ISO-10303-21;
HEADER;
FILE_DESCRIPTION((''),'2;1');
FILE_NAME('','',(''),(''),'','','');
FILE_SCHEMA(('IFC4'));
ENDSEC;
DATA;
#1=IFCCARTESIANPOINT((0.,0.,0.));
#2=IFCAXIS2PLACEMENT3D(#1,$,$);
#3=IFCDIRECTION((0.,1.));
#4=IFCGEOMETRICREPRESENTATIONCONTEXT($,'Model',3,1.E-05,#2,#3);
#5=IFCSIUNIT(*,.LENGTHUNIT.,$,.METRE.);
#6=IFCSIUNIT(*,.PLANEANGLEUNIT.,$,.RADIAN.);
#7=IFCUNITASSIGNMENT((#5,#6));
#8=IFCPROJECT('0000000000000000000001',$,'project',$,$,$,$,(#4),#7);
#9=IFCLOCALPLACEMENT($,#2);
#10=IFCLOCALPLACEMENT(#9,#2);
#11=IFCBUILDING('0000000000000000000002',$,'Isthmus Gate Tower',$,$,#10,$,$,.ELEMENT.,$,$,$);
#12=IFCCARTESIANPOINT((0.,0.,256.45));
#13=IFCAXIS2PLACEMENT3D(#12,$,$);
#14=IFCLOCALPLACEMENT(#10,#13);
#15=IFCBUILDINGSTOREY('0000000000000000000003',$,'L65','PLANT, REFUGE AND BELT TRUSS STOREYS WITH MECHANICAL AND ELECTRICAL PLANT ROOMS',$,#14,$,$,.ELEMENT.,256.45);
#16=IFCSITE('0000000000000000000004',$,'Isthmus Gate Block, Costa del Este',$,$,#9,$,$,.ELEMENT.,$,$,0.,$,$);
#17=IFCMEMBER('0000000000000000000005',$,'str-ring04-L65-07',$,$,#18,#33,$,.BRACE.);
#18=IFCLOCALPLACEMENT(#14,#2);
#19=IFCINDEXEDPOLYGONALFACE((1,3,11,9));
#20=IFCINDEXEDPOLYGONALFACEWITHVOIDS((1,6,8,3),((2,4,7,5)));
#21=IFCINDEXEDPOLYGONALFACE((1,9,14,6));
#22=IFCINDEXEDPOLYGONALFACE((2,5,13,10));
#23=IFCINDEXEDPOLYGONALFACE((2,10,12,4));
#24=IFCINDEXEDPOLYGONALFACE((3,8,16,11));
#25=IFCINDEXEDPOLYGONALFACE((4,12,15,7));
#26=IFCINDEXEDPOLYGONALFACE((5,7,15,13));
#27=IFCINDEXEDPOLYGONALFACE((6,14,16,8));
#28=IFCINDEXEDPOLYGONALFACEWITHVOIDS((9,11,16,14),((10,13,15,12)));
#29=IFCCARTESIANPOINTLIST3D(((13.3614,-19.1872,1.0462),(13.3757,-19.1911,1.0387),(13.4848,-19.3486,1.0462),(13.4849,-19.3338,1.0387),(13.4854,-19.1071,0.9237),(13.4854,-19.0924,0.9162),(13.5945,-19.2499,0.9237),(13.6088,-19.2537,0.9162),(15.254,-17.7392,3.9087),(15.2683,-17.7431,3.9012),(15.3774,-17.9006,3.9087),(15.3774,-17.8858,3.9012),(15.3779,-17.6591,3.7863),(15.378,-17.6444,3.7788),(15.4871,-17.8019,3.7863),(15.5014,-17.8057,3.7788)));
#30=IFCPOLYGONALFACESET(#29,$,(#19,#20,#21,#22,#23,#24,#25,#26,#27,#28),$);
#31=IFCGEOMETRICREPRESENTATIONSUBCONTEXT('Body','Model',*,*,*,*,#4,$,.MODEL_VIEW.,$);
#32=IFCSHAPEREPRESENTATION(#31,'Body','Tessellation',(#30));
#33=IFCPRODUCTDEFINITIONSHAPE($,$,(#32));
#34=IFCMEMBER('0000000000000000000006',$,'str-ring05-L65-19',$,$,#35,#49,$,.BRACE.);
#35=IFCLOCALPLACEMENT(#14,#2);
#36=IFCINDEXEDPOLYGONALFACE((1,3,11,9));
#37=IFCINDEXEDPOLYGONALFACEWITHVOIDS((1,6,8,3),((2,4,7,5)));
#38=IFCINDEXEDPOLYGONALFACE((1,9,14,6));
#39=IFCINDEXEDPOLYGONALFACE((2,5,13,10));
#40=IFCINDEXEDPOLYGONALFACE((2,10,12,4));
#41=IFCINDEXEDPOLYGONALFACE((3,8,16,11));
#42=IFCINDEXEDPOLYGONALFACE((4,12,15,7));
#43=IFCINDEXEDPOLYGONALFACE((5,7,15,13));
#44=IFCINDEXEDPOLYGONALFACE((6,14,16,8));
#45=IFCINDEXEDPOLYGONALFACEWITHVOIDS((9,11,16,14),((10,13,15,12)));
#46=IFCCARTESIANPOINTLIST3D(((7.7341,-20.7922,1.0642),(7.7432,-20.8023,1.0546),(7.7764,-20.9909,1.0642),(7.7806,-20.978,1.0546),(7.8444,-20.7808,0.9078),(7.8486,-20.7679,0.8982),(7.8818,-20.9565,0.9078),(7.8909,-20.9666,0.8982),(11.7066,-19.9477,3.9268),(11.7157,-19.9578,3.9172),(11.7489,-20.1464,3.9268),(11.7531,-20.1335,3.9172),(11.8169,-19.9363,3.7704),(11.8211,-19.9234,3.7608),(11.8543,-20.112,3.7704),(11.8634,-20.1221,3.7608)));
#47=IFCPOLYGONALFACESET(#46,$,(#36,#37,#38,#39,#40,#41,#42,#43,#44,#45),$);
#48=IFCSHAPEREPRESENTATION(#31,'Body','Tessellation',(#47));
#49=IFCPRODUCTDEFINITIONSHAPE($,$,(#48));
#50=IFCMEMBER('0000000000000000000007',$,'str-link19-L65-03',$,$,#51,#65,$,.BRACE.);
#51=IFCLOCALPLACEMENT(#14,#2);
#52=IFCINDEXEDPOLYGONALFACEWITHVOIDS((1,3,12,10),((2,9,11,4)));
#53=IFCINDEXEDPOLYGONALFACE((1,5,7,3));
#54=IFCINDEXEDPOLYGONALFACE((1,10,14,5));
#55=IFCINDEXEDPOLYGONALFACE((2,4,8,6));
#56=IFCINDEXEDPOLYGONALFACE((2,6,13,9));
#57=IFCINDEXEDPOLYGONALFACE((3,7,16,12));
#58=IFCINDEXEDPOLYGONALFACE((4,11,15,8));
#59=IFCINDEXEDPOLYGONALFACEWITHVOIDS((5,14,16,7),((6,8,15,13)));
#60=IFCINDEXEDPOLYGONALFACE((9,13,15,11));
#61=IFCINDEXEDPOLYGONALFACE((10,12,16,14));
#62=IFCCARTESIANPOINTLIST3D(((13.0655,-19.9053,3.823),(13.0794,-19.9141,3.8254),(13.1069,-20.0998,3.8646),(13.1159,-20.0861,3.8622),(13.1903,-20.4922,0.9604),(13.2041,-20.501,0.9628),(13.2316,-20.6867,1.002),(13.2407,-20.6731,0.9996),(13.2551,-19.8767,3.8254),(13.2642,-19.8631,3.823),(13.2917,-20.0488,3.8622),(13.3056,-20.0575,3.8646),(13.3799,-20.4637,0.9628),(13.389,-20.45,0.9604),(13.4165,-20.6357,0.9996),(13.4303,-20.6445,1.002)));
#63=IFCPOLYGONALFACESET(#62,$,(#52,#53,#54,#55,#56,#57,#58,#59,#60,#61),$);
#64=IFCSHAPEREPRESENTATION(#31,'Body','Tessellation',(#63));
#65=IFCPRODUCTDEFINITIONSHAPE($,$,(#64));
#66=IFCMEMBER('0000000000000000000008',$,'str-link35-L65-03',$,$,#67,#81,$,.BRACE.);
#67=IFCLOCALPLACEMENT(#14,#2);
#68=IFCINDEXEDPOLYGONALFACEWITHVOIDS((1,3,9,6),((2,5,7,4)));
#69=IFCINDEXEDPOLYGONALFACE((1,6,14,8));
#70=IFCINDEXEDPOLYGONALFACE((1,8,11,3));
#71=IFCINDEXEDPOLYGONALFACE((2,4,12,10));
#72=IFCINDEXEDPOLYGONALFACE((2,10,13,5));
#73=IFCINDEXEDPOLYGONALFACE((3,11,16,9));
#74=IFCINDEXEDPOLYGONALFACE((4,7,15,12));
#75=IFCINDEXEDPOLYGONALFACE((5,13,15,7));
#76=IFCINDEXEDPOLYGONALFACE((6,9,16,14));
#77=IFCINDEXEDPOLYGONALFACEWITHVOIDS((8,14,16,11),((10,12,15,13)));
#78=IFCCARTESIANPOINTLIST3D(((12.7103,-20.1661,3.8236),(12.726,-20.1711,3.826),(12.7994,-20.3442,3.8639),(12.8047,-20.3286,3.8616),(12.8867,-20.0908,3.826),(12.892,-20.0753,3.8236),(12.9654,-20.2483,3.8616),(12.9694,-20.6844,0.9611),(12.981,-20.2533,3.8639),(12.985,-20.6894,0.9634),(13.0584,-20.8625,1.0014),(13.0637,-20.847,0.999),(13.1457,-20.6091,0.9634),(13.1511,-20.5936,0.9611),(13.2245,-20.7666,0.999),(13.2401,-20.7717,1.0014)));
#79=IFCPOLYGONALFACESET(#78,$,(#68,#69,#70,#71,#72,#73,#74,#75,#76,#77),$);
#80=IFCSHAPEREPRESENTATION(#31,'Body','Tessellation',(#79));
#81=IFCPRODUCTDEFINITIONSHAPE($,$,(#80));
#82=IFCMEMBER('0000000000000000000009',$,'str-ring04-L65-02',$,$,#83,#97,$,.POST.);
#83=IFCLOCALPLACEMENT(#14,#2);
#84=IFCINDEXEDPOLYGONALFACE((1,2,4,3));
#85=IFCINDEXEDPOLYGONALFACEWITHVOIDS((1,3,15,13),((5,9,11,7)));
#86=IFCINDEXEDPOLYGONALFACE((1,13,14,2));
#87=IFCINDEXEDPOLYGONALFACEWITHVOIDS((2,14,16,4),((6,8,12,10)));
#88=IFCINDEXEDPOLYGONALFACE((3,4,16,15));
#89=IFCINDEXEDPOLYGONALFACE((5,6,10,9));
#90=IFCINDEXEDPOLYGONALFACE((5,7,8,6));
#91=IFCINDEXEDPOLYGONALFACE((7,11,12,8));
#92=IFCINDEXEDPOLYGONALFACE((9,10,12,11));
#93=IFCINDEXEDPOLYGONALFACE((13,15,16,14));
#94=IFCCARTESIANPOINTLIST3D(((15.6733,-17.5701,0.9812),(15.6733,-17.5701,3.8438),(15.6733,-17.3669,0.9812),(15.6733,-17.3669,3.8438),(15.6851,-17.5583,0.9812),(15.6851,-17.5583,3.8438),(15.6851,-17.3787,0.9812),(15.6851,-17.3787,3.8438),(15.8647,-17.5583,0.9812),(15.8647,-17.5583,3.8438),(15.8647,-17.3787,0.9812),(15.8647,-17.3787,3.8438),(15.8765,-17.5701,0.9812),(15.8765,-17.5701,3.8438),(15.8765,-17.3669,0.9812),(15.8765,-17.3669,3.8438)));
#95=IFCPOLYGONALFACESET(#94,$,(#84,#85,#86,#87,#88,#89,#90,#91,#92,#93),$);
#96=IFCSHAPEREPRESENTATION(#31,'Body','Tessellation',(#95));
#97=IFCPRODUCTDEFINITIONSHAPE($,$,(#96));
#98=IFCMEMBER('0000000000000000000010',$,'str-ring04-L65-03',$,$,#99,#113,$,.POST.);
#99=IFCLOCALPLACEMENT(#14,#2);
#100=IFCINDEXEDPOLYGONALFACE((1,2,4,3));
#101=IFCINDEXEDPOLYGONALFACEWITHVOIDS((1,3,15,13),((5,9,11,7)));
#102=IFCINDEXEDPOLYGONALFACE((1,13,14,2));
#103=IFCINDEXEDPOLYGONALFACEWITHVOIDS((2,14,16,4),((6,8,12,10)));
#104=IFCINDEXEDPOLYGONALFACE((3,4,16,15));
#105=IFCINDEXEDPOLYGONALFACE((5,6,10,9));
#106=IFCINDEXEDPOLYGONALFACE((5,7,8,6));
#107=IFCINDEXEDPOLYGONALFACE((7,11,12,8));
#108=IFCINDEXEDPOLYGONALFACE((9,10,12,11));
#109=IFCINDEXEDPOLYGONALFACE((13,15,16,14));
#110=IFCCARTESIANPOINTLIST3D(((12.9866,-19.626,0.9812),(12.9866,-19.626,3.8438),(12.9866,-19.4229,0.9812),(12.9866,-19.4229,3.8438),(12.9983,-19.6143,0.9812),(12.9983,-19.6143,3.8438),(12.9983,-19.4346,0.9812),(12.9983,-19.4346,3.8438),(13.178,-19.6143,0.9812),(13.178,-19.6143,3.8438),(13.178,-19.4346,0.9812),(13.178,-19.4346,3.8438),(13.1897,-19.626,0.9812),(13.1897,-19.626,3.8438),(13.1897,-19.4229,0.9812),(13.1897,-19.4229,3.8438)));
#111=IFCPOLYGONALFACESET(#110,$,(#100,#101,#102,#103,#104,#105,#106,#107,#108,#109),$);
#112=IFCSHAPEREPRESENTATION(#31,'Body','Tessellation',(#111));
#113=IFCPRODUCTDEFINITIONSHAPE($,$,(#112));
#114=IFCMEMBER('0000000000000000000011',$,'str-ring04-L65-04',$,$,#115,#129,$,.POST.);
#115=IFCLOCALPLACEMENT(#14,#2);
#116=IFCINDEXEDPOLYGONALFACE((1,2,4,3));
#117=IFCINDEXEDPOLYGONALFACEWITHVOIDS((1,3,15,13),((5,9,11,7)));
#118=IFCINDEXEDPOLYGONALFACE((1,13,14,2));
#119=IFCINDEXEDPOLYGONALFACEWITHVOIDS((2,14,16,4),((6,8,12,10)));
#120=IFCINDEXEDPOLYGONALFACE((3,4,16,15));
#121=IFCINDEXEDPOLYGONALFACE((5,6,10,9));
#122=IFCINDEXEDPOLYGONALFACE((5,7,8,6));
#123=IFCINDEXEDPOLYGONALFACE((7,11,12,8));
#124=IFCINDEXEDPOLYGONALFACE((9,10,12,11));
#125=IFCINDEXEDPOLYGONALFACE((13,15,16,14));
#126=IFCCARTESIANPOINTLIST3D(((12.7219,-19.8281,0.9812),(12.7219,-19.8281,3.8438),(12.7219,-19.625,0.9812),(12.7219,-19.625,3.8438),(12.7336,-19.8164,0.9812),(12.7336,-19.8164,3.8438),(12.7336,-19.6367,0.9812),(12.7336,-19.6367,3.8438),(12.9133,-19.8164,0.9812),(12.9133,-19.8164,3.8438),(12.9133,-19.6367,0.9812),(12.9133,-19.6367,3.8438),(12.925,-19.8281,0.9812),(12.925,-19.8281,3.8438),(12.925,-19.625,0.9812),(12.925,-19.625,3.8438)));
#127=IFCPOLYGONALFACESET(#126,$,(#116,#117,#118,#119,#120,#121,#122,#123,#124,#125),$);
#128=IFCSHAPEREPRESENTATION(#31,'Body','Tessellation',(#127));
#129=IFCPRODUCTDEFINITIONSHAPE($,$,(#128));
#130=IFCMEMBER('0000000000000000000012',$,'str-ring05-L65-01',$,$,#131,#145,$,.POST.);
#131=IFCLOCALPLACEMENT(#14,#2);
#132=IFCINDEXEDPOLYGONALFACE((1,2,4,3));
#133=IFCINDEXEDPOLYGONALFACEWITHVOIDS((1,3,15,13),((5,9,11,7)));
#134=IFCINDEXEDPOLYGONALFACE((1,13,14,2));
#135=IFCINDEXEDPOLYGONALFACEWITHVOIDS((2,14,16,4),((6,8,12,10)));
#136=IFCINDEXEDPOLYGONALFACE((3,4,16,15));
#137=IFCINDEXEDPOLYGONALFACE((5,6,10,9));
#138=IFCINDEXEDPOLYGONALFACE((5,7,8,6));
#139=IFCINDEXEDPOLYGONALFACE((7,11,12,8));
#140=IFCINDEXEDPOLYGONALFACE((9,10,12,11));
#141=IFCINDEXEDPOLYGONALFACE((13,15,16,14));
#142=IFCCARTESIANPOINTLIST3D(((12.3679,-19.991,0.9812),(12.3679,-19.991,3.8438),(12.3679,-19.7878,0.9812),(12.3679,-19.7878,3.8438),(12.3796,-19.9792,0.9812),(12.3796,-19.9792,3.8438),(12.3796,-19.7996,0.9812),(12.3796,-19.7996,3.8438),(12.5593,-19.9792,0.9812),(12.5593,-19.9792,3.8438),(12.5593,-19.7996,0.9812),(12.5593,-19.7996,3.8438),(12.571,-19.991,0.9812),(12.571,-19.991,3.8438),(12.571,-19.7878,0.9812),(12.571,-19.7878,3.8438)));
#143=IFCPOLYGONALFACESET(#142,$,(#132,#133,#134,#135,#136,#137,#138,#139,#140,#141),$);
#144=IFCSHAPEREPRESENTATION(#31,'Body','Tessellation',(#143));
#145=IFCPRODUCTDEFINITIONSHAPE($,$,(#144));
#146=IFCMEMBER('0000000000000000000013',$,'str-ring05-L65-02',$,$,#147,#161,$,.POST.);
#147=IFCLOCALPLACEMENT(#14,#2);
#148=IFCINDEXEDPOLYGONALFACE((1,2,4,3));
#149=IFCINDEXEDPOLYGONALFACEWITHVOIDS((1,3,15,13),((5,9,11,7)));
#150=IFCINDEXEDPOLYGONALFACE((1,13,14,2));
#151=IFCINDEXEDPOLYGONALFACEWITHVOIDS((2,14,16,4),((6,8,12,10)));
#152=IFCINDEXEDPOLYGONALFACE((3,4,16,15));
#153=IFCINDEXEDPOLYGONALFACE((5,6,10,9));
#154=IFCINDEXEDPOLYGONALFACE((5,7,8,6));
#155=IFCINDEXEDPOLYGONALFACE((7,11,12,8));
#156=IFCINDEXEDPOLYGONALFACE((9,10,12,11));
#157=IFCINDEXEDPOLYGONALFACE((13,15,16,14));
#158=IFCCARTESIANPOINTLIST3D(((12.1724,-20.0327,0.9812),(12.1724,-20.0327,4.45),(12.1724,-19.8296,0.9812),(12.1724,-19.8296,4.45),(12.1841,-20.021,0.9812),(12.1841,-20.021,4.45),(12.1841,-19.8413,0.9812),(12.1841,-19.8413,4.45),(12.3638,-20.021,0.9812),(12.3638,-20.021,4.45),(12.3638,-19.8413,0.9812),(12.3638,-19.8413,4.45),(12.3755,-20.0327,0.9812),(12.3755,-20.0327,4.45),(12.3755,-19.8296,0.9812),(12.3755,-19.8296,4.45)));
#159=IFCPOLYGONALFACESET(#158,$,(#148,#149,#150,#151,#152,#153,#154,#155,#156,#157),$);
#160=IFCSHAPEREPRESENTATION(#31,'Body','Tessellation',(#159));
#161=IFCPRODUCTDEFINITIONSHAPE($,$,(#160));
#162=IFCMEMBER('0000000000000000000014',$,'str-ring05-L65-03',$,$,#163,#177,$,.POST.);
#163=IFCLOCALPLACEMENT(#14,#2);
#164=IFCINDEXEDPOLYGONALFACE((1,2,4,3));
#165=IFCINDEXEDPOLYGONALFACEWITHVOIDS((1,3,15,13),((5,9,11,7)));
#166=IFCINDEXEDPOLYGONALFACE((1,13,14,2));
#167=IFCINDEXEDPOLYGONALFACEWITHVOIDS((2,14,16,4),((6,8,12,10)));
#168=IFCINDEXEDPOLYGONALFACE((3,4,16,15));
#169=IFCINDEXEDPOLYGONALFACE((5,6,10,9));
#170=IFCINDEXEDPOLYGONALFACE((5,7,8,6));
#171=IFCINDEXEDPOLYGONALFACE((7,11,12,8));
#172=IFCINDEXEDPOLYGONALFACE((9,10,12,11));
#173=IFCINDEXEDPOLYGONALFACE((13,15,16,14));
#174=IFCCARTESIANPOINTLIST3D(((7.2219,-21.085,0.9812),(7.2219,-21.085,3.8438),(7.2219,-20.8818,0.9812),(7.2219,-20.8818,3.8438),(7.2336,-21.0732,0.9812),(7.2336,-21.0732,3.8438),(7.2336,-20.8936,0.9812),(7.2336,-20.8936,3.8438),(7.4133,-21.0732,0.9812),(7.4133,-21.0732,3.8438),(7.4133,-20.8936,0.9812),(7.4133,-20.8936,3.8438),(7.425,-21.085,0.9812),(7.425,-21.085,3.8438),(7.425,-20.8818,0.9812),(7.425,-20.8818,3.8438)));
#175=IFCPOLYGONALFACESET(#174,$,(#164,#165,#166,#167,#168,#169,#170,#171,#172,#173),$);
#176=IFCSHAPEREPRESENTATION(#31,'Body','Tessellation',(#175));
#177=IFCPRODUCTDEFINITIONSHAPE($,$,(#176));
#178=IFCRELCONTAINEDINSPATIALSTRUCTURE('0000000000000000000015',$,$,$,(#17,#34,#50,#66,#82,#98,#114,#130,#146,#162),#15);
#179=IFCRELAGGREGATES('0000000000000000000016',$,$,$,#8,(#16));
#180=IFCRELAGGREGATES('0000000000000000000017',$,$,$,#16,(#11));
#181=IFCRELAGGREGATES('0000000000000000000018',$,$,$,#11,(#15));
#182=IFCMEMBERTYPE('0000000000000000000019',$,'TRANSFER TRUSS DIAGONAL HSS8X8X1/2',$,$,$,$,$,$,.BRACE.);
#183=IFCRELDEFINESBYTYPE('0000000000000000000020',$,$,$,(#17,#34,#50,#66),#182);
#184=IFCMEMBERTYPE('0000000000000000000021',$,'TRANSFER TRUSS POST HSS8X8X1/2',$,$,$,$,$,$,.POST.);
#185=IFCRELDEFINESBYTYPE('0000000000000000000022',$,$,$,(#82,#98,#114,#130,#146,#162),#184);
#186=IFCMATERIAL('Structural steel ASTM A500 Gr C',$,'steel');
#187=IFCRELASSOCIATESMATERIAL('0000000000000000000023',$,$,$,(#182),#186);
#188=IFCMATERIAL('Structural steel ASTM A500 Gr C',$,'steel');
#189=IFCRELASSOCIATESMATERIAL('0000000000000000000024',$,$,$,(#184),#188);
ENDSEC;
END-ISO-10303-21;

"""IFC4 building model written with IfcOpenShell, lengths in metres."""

from ifc_helpers import new_model, si_unit, direction, frame, origin, origin_2d, place, context, subcontext, project, spatial, hollow_rectangle, extrude, material, material_profile, profile_set, type_object, element, save


model = new_model("IFC4")

# Units and contexts
model_context = context("Model", 3, precision=1e-05, world=origin(), true_north=direction((0.0, 1.0)))
body_context = subcontext(model_context, "Body", "Model", "MODEL_VIEW")
ifc_project = project(units=[si_unit("LENGTHUNIT", "METRE"), si_unit("PLANEANGLEUNIT", "RADIAN")], contexts=[model_context])

# Site, building, storey
site_placement = place(None, origin())
site = spatial("IfcSite", under=ifc_project, at=site_placement, Name="Isthmus Gate Block, Costa del Este", CompositionType="ELEMENT", RefElevation=0.0)
building_placement = place(site_placement, origin())
building = spatial("IfcBuilding", under=site, at=building_placement, Name="Isthmus Gate Tower", CompositionType="ELEMENT")
storey_placement = place(building_placement, frame((0.0, 0.0, 256.45)))
storey = spatial("IfcBuildingStorey", under=building, at=storey_placement, Name="L65", Description="PLANT, REFUGE AND BELT TRUSS STOREYS WITH MECHANICAL AND ELECTRICAL PLANT ROOMS", CompositionType="ELEMENT", Elevation=256.45)

# Members
ifc_material_1 = material(Name="Structural steel ASTM A500 Gr C", Category="steel")
ifc_material_profile_1 = material_profile(ifc_material_1, hollow_rectangle(XDim=0.2031, YDim=0.2031, WallThickness=0.0117, at=origin_2d()), Name="HSS8X8X1/2")
ifc_profile_set_1 = profile_set([ifc_material_profile_1], Name="Structural steel ASTM A500 Gr C")
member_type_1 = type_object("IfcMemberType", Name="TRANSFER TRUSS DIAGONAL HSS8X8X1/2", PredefinedType="BRACE", material=ifc_profile_set_1)
member_1_placement = place(storey_placement, frame((13.4851, -19.2205, 0.9812), z_axis=(0.508128, 0.388765, 0.768549), x_axis=(-0.607644, 0.794209, 0.0)))
element("IfcMember", 1, at=member_1_placement, inside=storey, type_object=member_type_1, Name="str-ring04-L65-07", PredefinedType="BRACE", context=body_context, shape_type="SweptSolid", body=[
    extrude(hollow_rectangle(XDim=0.2031, YDim=0.2031, WallThickness=0.0117, at=origin_2d()), origin(), (0.0, 0.0, 1.0), 3.7246),
])
member_2_placement = place(storey_placement, frame((7.8125, -20.8794, 0.9812), z_axis=(0.799497, 0.169962, 0.576123), x_axis=(-0.20794, 0.978142, 0.0)))
element("IfcMember", 2, at=member_2_placement, inside=storey, type_object=member_type_1, Name="str-ring05-L65-19", PredefinedType="BRACE", context=body_context, shape_type="SweptSolid", body=[
    extrude(hollow_rectangle(XDim=0.2031, YDim=0.2031, WallThickness=0.0117, at=origin_2d()), origin(), (0.0, 0.0, 1.0), 4.9688),
])
member_3_placement = place(storey_placement, frame((13.3103, -20.5684, 0.9812), z_axis=(-0.042655, 0.200671, 0.97873), x_axis=(-0.978146, -0.207917, 0.0)))
element("IfcMember", 3, at=member_3_placement, inside=storey, type_object=member_type_1, Name="str-link19-L65-03", PredefinedType="BRACE", context=body_context, shape_type="SweptSolid", body=[
    extrude(hollow_rectangle(XDim=0.2031, YDim=0.2031, WallThickness=0.0117, at=origin_2d()), origin(), (0.0, 0.0, 1.0), 2.9248),
])
member_4_placement = place(storey_placement, frame((13.1047, -20.728, 0.9812), z_axis=(-0.088692, 0.177467, 0.980122), x_axis=(-0.894511, -0.447045, 0.0)))
element("IfcMember", 4, at=member_4_placement, inside=storey, type_object=member_type_1, Name="str-link35-L65-03", PredefinedType="BRACE", context=body_context, shape_type="SweptSolid", body=[
    extrude(hollow_rectangle(XDim=0.2031, YDim=0.2031, WallThickness=0.0117, at=origin_2d()), origin(), (0.0, 0.0, 1.0), 2.9207),
])
ifc_material_2 = material(Name="Structural steel ASTM A500 Gr C", Category="steel")
ifc_material_profile_2 = material_profile(ifc_material_2, hollow_rectangle(XDim=0.2031, YDim=0.2031, WallThickness=0.0117, at=origin_2d()), Name="HSS8X8X1/2")
ifc_profile_set_2 = profile_set([ifc_material_profile_2], Name="Structural steel ASTM A500 Gr C")
member_type_2 = type_object("IfcMemberType", Name="TRANSFER TRUSS POST HSS8X8X1/2", PredefinedType="POST", material=ifc_profile_set_2)
for number, where, z_axis, x_axis, name in (
    (5, (15.7749, -17.4685, 0.9812), (0.0, 0.0, 1.0), (1.0, 0.0, 0.0), "str-ring04-L65-02"),
    (6, (13.0881, -19.5244, 0.9812), (0.0, 0.0, 1.0), (1.0, 0.0, 0.0), "str-ring04-L65-03"),
    (7, (12.8235, -19.7266, 0.9812), (0.0, 0.0, 1.0), (1.0, 0.0, 0.0), "str-ring04-L65-04"),
    (8, (12.4695, -19.8894, 0.9812), (0.0, 0.0, 1.0), (1.0, 0.0, 0.0), "str-ring05-L65-01"),
):
    element("IfcMember", number, at=place(storey_placement, frame(where, z_axis=z_axis, x_axis=x_axis)), inside=storey, type_object=member_type_2, Name=name, PredefinedType="POST", context=body_context, shape_type="SweptSolid", body=[
        extrude(hollow_rectangle(XDim=0.2031, YDim=0.2031, WallThickness=0.0117, at=origin_2d()), origin(), (0.0, 0.0, 1.0), 2.8625),
    ])
member_5_placement = place(storey_placement, frame((12.2739, -19.9312, 0.9812), z_axis=(0.0, 0.0, 1.0), x_axis=(1.0, 0.0, 0.0)))
element("IfcMember", 9, at=member_5_placement, inside=storey, type_object=member_type_2, Name="str-ring05-L65-02", PredefinedType="POST", context=body_context, shape_type="SweptSolid", body=[
    extrude(hollow_rectangle(XDim=0.2031, YDim=0.2031, WallThickness=0.0117, at=origin_2d()), origin(), (0.0, 0.0, 1.0), 3.4688),
])
member_6_placement = place(storey_placement, frame((7.3235, -20.9834, 0.9812), z_axis=(0.0, 0.0, 1.0), x_axis=(1.0, 0.0, 0.0)))
element("IfcMember", 10, at=member_6_placement, inside=storey, type_object=member_type_2, Name="str-ring05-L65-03", PredefinedType="POST", context=body_context, shape_type="SweptSolid", body=[
    extrude(hollow_rectangle(XDim=0.2031, YDim=0.2031, WallThickness=0.0117, at=origin_2d()), origin(), (0.0, 0.0, 1.0), 2.8625),
])

save(model, "model.ifc")
